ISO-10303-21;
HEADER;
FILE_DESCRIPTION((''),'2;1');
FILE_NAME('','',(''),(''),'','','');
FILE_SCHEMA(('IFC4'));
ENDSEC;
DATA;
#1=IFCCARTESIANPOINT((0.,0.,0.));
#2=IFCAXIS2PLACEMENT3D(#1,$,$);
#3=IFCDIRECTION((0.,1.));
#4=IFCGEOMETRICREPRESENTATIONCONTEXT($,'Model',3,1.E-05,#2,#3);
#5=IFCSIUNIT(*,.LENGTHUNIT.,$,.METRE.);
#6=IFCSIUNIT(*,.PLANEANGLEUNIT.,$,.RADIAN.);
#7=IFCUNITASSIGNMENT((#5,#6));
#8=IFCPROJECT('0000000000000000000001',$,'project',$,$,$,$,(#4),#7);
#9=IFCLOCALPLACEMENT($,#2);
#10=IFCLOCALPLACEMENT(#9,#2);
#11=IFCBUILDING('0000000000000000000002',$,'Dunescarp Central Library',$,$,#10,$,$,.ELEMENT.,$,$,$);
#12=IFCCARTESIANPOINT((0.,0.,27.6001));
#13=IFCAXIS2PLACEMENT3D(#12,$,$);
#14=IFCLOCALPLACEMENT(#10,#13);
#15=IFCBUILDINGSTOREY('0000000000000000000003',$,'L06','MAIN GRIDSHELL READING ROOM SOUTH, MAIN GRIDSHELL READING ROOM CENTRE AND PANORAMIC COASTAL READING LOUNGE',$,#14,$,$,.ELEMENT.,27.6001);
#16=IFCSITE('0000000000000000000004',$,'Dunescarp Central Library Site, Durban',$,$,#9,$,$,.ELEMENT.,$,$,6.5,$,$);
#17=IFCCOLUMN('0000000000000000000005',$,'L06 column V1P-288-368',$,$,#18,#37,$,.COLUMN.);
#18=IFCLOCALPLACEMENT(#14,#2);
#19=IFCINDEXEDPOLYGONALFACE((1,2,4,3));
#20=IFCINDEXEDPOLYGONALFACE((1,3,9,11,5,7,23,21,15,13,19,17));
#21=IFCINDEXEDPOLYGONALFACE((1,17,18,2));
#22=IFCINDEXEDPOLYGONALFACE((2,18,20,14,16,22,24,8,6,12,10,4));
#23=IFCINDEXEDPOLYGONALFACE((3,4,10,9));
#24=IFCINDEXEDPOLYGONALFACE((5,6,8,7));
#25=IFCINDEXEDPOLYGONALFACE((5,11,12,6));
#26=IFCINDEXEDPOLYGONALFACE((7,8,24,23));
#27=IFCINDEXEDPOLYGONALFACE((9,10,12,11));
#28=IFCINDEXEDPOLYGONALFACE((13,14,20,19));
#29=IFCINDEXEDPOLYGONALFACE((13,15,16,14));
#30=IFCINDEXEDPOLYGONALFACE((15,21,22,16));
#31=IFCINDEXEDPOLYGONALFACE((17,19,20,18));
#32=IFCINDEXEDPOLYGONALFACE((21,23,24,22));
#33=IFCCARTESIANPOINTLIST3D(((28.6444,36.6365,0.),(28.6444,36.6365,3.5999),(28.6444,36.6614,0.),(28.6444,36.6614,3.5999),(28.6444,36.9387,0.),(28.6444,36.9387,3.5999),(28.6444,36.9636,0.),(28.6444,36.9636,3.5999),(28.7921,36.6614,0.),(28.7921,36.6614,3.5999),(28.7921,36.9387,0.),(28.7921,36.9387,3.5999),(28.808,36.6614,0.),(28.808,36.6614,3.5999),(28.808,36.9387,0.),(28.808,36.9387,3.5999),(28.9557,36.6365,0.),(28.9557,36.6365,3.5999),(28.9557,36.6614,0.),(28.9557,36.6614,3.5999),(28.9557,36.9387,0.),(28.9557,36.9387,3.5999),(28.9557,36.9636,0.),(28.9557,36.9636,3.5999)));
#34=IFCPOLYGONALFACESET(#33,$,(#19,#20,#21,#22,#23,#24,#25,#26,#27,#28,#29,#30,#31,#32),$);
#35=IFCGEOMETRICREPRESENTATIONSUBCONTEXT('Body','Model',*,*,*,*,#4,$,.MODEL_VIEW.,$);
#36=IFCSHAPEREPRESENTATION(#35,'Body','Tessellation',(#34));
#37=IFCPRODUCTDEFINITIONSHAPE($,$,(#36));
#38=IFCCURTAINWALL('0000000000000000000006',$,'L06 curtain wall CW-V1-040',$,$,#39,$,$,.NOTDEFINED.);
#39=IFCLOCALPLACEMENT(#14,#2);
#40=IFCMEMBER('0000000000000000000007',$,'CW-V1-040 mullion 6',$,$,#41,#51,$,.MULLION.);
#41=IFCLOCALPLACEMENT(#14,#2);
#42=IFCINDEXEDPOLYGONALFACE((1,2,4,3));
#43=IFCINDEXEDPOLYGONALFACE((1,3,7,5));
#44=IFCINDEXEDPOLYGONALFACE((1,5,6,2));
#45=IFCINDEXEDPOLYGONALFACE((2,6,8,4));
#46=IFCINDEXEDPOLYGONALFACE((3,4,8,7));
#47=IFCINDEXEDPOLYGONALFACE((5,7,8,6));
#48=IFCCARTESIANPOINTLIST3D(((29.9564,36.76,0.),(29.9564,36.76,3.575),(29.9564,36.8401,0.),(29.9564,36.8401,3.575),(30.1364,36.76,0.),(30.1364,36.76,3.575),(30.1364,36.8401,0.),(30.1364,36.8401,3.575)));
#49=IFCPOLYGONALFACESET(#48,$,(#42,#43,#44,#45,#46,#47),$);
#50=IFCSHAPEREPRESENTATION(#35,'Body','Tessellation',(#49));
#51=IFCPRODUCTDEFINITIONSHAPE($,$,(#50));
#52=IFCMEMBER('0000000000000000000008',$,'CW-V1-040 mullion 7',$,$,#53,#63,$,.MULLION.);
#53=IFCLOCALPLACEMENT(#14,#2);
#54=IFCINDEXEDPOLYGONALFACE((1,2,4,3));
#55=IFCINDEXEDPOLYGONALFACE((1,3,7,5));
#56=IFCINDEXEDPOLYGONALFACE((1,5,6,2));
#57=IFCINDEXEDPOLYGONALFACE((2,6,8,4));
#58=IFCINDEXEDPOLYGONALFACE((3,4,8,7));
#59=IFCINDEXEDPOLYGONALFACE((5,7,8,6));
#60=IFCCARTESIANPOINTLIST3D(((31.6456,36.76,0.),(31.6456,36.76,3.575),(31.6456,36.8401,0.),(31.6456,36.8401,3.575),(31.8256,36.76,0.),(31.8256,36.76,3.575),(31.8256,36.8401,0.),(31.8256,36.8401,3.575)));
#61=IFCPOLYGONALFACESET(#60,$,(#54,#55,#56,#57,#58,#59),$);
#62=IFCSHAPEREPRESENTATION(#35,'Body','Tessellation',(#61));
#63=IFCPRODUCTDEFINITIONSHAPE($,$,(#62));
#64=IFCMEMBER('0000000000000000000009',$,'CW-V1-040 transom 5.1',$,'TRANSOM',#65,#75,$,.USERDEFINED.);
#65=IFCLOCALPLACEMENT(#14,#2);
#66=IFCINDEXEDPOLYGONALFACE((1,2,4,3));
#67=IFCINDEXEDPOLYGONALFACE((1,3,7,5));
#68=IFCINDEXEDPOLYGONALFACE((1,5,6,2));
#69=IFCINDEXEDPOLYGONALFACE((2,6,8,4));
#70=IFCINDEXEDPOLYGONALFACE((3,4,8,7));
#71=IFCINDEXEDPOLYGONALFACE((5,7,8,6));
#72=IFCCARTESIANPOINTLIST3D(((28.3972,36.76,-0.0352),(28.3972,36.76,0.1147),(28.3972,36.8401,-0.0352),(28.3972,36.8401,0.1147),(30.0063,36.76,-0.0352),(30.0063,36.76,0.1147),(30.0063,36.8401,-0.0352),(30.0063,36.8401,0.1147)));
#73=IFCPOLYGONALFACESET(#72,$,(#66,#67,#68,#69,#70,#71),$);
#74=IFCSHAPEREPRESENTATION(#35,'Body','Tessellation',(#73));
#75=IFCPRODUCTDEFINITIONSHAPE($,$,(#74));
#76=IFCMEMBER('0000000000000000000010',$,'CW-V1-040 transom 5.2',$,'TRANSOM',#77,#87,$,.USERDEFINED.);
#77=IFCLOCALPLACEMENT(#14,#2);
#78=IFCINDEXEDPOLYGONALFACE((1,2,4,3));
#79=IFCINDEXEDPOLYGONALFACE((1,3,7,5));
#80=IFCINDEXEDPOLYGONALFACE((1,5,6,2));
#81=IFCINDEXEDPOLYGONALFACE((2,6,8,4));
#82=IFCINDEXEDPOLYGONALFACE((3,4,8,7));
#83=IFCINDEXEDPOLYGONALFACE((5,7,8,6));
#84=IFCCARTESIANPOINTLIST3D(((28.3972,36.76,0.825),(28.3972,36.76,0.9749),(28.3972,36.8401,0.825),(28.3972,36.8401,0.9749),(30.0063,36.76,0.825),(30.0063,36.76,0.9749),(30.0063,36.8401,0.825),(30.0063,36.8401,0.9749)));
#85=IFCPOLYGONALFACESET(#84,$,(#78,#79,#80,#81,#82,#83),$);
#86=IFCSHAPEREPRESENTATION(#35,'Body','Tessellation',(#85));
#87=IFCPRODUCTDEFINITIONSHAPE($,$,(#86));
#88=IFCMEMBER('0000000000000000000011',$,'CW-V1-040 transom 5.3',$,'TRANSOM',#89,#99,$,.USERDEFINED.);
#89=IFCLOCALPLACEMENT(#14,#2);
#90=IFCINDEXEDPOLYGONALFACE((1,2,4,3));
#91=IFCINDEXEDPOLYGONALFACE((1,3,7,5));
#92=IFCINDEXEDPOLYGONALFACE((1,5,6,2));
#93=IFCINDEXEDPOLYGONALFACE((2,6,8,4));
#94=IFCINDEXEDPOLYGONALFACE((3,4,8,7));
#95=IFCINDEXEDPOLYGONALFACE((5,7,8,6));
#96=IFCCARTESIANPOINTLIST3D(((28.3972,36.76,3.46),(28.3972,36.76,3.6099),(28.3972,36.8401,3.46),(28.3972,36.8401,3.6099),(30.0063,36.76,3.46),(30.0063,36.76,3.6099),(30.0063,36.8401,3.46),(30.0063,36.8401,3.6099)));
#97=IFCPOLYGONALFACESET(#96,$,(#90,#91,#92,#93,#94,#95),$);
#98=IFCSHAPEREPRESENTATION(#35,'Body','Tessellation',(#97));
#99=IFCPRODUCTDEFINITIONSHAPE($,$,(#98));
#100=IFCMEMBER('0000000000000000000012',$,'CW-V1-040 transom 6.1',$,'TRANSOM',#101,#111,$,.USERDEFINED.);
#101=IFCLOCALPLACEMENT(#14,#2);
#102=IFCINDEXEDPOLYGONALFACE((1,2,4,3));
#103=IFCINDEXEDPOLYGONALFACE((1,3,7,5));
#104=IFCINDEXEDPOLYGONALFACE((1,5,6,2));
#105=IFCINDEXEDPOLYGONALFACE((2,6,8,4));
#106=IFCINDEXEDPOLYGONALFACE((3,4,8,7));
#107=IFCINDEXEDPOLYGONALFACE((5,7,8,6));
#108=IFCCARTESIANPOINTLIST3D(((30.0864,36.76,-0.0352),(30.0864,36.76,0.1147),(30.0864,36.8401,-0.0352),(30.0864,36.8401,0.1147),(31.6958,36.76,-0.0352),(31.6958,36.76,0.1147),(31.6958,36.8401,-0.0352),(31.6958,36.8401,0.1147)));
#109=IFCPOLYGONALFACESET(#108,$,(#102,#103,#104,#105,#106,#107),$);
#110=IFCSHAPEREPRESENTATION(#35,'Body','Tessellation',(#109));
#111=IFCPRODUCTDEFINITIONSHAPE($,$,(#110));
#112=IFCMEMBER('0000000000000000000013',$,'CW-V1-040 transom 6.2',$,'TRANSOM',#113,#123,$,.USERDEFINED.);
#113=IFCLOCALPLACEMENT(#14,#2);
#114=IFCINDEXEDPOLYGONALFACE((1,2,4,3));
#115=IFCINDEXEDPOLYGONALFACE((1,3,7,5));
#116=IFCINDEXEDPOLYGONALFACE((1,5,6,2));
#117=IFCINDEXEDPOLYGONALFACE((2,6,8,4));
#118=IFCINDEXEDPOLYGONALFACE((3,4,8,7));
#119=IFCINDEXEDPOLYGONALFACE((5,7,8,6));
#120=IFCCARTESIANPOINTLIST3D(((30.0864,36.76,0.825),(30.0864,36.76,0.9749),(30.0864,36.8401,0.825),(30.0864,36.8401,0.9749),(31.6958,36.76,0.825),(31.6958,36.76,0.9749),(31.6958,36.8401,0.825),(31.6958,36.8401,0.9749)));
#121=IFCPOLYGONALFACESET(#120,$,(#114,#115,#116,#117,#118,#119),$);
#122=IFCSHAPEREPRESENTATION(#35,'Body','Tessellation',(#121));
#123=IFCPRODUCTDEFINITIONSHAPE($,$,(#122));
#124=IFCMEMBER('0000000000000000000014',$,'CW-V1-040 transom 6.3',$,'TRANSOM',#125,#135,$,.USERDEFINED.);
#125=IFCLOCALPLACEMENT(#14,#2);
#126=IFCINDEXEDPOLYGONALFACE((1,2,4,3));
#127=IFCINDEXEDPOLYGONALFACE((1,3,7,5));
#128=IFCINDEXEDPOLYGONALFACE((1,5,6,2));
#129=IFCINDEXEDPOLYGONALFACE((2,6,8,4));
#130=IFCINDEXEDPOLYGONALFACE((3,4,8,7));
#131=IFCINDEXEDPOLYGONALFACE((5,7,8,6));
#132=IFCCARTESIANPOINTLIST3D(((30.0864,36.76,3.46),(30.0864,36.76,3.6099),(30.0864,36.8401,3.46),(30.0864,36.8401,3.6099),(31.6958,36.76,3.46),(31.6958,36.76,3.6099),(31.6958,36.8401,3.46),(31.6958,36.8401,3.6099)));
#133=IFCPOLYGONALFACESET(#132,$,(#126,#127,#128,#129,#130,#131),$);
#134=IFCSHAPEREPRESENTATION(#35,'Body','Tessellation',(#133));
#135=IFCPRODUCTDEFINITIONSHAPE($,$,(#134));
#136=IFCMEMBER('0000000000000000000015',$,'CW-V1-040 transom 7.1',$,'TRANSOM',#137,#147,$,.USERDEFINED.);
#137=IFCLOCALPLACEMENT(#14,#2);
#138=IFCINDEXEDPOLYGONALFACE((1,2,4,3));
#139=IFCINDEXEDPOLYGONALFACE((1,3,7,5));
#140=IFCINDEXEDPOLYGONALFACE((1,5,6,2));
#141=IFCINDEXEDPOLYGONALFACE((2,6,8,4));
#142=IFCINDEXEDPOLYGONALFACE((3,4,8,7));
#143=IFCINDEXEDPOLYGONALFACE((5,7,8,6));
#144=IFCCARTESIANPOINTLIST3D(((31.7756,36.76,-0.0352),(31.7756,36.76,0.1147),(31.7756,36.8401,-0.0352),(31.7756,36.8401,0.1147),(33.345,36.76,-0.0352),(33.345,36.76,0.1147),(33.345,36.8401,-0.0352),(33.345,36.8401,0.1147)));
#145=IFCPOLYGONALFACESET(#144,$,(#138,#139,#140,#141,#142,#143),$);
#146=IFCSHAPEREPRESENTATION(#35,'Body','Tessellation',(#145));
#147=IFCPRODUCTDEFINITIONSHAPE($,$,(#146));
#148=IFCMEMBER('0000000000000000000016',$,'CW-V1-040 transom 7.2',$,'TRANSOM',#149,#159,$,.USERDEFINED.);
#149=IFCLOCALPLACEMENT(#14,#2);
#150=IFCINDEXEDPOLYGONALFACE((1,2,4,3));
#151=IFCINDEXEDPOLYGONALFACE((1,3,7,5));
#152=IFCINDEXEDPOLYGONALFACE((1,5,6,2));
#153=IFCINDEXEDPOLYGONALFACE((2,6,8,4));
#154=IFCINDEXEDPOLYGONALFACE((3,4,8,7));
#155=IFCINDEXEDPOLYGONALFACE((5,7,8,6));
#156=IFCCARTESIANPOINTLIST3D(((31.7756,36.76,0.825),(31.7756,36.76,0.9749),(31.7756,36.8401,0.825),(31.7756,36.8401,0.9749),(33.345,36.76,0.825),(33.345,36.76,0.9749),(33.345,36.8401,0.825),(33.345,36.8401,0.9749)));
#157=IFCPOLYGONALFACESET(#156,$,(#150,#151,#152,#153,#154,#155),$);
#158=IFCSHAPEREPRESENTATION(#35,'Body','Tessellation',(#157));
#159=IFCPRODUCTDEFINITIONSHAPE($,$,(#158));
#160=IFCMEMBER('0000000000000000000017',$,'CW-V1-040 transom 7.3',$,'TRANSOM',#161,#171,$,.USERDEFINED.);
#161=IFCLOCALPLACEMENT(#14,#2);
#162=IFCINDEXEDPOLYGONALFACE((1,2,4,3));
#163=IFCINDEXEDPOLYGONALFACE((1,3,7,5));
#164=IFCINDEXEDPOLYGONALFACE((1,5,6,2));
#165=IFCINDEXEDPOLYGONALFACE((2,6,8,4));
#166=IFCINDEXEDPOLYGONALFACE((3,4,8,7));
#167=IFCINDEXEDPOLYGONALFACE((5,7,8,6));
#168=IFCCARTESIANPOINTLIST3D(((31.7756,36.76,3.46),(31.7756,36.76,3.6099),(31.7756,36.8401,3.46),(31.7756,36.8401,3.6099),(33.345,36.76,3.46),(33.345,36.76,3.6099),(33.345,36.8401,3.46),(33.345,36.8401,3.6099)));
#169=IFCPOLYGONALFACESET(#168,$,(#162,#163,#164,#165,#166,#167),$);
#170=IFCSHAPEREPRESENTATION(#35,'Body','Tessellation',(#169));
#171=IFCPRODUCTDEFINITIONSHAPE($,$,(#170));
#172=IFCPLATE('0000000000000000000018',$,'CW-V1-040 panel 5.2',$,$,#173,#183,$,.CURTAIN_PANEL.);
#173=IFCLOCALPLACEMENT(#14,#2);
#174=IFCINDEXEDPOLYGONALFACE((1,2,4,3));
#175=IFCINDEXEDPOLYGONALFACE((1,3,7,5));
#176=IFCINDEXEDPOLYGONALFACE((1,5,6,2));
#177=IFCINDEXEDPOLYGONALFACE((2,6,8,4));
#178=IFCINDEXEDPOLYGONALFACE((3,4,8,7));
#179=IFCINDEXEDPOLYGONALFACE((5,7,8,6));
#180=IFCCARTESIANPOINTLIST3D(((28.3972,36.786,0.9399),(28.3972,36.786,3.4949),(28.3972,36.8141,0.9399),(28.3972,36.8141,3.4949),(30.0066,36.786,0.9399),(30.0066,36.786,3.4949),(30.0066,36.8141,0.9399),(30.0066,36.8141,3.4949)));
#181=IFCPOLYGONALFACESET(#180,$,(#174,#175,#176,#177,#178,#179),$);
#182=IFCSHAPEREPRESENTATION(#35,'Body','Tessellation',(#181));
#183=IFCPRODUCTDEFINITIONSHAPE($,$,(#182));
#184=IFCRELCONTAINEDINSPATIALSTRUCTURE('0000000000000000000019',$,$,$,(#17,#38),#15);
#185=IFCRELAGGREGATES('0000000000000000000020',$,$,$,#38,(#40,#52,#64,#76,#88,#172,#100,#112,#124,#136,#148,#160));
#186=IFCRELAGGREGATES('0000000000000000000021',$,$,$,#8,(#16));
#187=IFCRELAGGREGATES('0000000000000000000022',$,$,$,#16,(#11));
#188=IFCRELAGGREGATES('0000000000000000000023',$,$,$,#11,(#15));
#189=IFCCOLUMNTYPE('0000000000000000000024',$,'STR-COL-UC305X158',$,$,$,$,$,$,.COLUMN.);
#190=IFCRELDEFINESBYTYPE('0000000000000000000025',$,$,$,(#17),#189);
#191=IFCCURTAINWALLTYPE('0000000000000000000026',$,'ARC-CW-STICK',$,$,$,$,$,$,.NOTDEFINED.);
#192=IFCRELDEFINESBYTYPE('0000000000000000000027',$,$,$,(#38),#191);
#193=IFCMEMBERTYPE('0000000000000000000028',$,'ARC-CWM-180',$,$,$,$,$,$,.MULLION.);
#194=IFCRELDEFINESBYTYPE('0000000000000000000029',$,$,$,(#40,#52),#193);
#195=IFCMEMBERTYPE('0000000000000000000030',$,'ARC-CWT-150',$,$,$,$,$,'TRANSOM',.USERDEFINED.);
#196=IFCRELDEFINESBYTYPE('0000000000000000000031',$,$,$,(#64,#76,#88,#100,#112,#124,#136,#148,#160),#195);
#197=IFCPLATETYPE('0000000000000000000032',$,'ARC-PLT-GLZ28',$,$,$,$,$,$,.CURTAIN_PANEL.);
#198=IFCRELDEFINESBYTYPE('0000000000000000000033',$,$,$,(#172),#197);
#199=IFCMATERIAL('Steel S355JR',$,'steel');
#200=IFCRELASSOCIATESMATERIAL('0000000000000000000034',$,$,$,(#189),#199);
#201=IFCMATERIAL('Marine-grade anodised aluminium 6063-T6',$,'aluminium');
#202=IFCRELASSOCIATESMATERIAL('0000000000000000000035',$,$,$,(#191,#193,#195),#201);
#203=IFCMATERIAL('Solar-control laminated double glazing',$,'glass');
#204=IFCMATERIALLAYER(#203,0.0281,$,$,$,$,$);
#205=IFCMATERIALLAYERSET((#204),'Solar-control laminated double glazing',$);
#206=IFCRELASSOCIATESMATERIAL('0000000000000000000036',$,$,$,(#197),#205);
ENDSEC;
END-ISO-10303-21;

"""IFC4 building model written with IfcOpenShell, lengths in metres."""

from ifc_helpers import new_model, si_unit, direction, frame, origin, origin_2d, place, context, subcontext, project, spatial, rectangle, i_section, extrude, material, layer, layer_set, material_profile, profile_set, type_object, element, aggregate, save


model = new_model("IFC4")

# Units and contexts
model_context = context("Model", 3, precision=1e-05, world=origin(), true_north=direction((0.0, 1.0)))
body_context = subcontext(model_context, "Body", "Model", "MODEL_VIEW")
ifc_project = project(units=[si_unit("LENGTHUNIT", "METRE"), si_unit("PLANEANGLEUNIT", "RADIAN")], contexts=[model_context])

# Site, building, storey
site_placement = place(None, origin())
site = spatial("IfcSite", under=ifc_project, at=site_placement, Name="Dunescarp Central Library Site, Durban", CompositionType="ELEMENT", RefElevation=6.5)
building_placement = place(site_placement, origin())
building = spatial("IfcBuilding", under=site, at=building_placement, Name="Dunescarp Central Library", CompositionType="ELEMENT")
storey_placement = place(building_placement, frame((0.0, 0.0, 27.6001)))
storey = spatial("IfcBuildingStorey", under=building, at=storey_placement, Name="L06", Description="MAIN GRIDSHELL READING ROOM SOUTH, MAIN GRIDSHELL READING ROOM CENTRE AND PANORAMIC COASTAL READING LOUNGE", CompositionType="ELEMENT", Elevation=27.6001)

# Column
ifc_material_1 = material(Name="Steel S355JR", Category="steel")
ifc_material_profile_1 = material_profile(ifc_material_1, i_section(OverallWidth=0.3113, OverallDepth=0.3271, WebThickness=0.0159, FlangeThickness=0.0249, at=origin_2d()), Name="UC 305x305x158")
ifc_profile_set_1 = profile_set([ifc_material_profile_1], Name="Steel S355JR")
column_type = type_object("IfcColumnType", Name="STR-COL-UC305X158", PredefinedType="COLUMN", material=ifc_profile_set_1)
column_placement = place(storey_placement, frame((28.8, 36.8, 0.0), z_axis=(0.0, 0.0, 1.0), x_axis=(1.0, 0.0, 0.0)))
element("IfcColumn", 1, at=column_placement, inside=storey, type_object=column_type, Name="L06 column V1P-288-368", PredefinedType="COLUMN", context=body_context, shape_type="SweptSolid", body=[
    extrude(i_section(OverallWidth=0.3113, OverallDepth=0.3271, WebThickness=0.0159, FlangeThickness=0.0249, at=origin_2d()), origin(), (0.0, 0.0, 1.0), 3.5999),
])

# Curtain wall, members, plate
ifc_material_2 = material(Name="Marine-grade anodised aluminium 6063-T6", Category="aluminium")
curtain_wall_type = type_object("IfcCurtainWallType", Name="ARC-CW-STICK", PredefinedType="NOTDEFINED", material=ifc_material_2)
curtain_wall_placement = place(storey_placement, origin())
curtain_wall = element("IfcCurtainWall", 2, at=curtain_wall_placement, inside=storey, type_object=curtain_wall_type, Name="L06 curtain wall CW-V1-040", PredefinedType="NOTDEFINED")
ifc_material_profile_2 = material_profile(ifc_material_2, rectangle(XDim=0.0801, YDim=0.1799, at=origin_2d()), Name="AL 80x180")
ifc_profile_set_2 = profile_set([ifc_material_profile_2], Name="Marine-grade anodised aluminium 6063-T6")
member_type_1 = type_object("IfcMemberType", Name="ARC-CWM-180", PredefinedType="MULLION", material=ifc_profile_set_2)
member_1_placement = place(storey_placement, frame((30.0464, 36.8, 0.0), z_axis=(0.0, 0.0, 1.0), x_axis=(0.0, 1.0, 0.0)))
member_1 = element("IfcMember", 3, at=member_1_placement, type_object=member_type_1, Name="CW-V1-040 mullion 6", PredefinedType="MULLION", context=body_context, shape_type="SweptSolid", body=[
    extrude(rectangle(XDim=0.0801, YDim=0.1799, at=origin_2d()), origin(), (0.0, 0.0, 1.0), 3.575),
])
member_2_placement = place(storey_placement, frame((31.7356, 36.8, 0.0), z_axis=(0.0, 0.0, 1.0), x_axis=(0.0, 1.0, 0.0)))
member_2 = element("IfcMember", 4, at=member_2_placement, type_object=member_type_1, Name="CW-V1-040 mullion 7", PredefinedType="MULLION", context=body_context, shape_type="SweptSolid", body=[
    extrude(rectangle(XDim=0.0801, YDim=0.1799, at=origin_2d()), origin(), (0.0, 0.0, 1.0), 3.575),
])
ifc_material_profile_3 = material_profile(ifc_material_2, rectangle(XDim=0.0801, YDim=0.1499, at=origin_2d()), Name="AL 80x150")
ifc_profile_set_3 = profile_set([ifc_material_profile_3], Name="Marine-grade anodised aluminium 6063-T6")
member_type_2 = type_object("IfcMemberType", Name="ARC-CWT-150", ElementType="TRANSOM", PredefinedType="USERDEFINED", material=ifc_profile_set_3)
member_3_placement = place(storey_placement, frame((28.3972, 36.8, 0.0398), z_axis=(1.0, 0.0, 0.0), x_axis=(0.0, 1.0, 0.0)))
member_3 = element("IfcMember", 5, at=member_3_placement, type_object=member_type_2, Name="CW-V1-040 transom 5.1", ObjectType="TRANSOM", PredefinedType="USERDEFINED", context=body_context, shape_type="SweptSolid", body=[
    extrude(rectangle(XDim=0.0801, YDim=0.1499, at=origin_2d()), origin(), (0.0, 0.0, 1.0), 1.6091),
])
member_4_placement = place(storey_placement, frame((28.3972, 36.8, 0.8999), z_axis=(1.0, 0.0, 0.0), x_axis=(0.0, 1.0, 0.0)))
member_4 = element("IfcMember", 6, at=member_4_placement, type_object=member_type_2, Name="CW-V1-040 transom 5.2", ObjectType="TRANSOM", PredefinedType="USERDEFINED", context=body_context, shape_type="SweptSolid", body=[
    extrude(rectangle(XDim=0.0801, YDim=0.1499, at=origin_2d()), origin(), (0.0, 0.0, 1.0), 1.6091),
])
member_5_placement = place(storey_placement, frame((28.3972, 36.8, 3.5349), z_axis=(1.0, 0.0, 0.0), x_axis=(0.0, 1.0, 0.0)))
member_5 = element("IfcMember", 7, at=member_5_placement, type_object=member_type_2, Name="CW-V1-040 transom 5.3", ObjectType="TRANSOM", PredefinedType="USERDEFINED", context=body_context, shape_type="SweptSolid", body=[
    extrude(rectangle(XDim=0.0801, YDim=0.1499, at=origin_2d()), origin(), (0.0, 0.0, 1.0), 1.6091),
])
member_6_placement = place(storey_placement, frame((30.0864, 36.8, 0.0398), z_axis=(1.0, 0.0, 0.0), x_axis=(0.0, 1.0, 0.0)))
member_6 = element("IfcMember", 8, at=member_6_placement, type_object=member_type_2, Name="CW-V1-040 transom 6.1", ObjectType="TRANSOM", PredefinedType="USERDEFINED", context=body_context, shape_type="SweptSolid", body=[
    extrude(rectangle(XDim=0.0801, YDim=0.1499, at=origin_2d()), origin(), (0.0, 0.0, 1.0), 1.6094),
])
member_7_placement = place(storey_placement, frame((30.0864, 36.8, 0.8999), z_axis=(1.0, 0.0, 0.0), x_axis=(0.0, 1.0, 0.0)))
member_7 = element("IfcMember", 9, at=member_7_placement, type_object=member_type_2, Name="CW-V1-040 transom 6.2", ObjectType="TRANSOM", PredefinedType="USERDEFINED", context=body_context, shape_type="SweptSolid", body=[
    extrude(rectangle(XDim=0.0801, YDim=0.1499, at=origin_2d()), origin(), (0.0, 0.0, 1.0), 1.6094),
])
member_8_placement = place(storey_placement, frame((30.0864, 36.8, 3.5349), z_axis=(1.0, 0.0, 0.0), x_axis=(0.0, 1.0, 0.0)))
member_8 = element("IfcMember", 10, at=member_8_placement, type_object=member_type_2, Name="CW-V1-040 transom 6.3", ObjectType="TRANSOM", PredefinedType="USERDEFINED", context=body_context, shape_type="SweptSolid", body=[
    extrude(rectangle(XDim=0.0801, YDim=0.1499, at=origin_2d()), origin(), (0.0, 0.0, 1.0), 1.6094),
])
member_9_placement = place(storey_placement, frame((31.7756, 36.8, 0.0398), z_axis=(1.0, 0.0, 0.0), x_axis=(0.0, 1.0, 0.0)))
member_9 = element("IfcMember", 11, at=member_9_placement, type_object=member_type_2, Name="CW-V1-040 transom 7.1", ObjectType="TRANSOM", PredefinedType="USERDEFINED", context=body_context, shape_type="SweptSolid", body=[
    extrude(rectangle(XDim=0.0801, YDim=0.1499, at=origin_2d()), origin(), (0.0, 0.0, 1.0), 1.5693),
])
member_10_placement = place(storey_placement, frame((31.7756, 36.8, 0.8999), z_axis=(1.0, 0.0, 0.0), x_axis=(0.0, 1.0, 0.0)))
member_10 = element("IfcMember", 12, at=member_10_placement, type_object=member_type_2, Name="CW-V1-040 transom 7.2", ObjectType="TRANSOM", PredefinedType="USERDEFINED", context=body_context, shape_type="SweptSolid", body=[
    extrude(rectangle(XDim=0.0801, YDim=0.1499, at=origin_2d()), origin(), (0.0, 0.0, 1.0), 1.5693),
])
member_11_placement = place(storey_placement, frame((31.7756, 36.8, 3.5349), z_axis=(1.0, 0.0, 0.0), x_axis=(0.0, 1.0, 0.0)))
member_11 = element("IfcMember", 13, at=member_11_placement, type_object=member_type_2, Name="CW-V1-040 transom 7.3", ObjectType="TRANSOM", PredefinedType="USERDEFINED", context=body_context, shape_type="SweptSolid", body=[
    extrude(rectangle(XDim=0.0801, YDim=0.1499, at=origin_2d()), origin(), (0.0, 0.0, 1.0), 1.5693),
])
ifc_material_3 = material(Name="Solar-control laminated double glazing", Category="glass")
ifc_layer_1 = layer(ifc_material_3, 0.0281)
ifc_layer_set_1 = layer_set([ifc_layer_1], Name="Solar-control laminated double glazing")
plate_type_1 = type_object("IfcPlateType", Name="ARC-PLT-GLZ28", PredefinedType="CURTAIN_PANEL", material=ifc_layer_set_1)
plate_1_placement = place(storey_placement, frame((29.2019, 36.8, 0.9399), z_axis=(0.0, 0.0, 1.0), x_axis=(1.0, 0.0, 0.0)))
plate_1 = element("IfcPlate", 14, at=plate_1_placement, type_object=plate_type_1, Name="CW-V1-040 panel 5.2", PredefinedType="CURTAIN_PANEL", context=body_context, shape_type="SweptSolid", body=[
    extrude(rectangle(XDim=1.6094, YDim=0.0281, at=origin_2d()), origin(), (0.0, 0.0, 1.0), 2.5549),
])
aggregate(curtain_wall, [member_1, member_2, member_3, member_4, member_5, plate_1, member_6, member_7, member_8, member_9, member_10, member_11])

save(model, "model.ifc")
